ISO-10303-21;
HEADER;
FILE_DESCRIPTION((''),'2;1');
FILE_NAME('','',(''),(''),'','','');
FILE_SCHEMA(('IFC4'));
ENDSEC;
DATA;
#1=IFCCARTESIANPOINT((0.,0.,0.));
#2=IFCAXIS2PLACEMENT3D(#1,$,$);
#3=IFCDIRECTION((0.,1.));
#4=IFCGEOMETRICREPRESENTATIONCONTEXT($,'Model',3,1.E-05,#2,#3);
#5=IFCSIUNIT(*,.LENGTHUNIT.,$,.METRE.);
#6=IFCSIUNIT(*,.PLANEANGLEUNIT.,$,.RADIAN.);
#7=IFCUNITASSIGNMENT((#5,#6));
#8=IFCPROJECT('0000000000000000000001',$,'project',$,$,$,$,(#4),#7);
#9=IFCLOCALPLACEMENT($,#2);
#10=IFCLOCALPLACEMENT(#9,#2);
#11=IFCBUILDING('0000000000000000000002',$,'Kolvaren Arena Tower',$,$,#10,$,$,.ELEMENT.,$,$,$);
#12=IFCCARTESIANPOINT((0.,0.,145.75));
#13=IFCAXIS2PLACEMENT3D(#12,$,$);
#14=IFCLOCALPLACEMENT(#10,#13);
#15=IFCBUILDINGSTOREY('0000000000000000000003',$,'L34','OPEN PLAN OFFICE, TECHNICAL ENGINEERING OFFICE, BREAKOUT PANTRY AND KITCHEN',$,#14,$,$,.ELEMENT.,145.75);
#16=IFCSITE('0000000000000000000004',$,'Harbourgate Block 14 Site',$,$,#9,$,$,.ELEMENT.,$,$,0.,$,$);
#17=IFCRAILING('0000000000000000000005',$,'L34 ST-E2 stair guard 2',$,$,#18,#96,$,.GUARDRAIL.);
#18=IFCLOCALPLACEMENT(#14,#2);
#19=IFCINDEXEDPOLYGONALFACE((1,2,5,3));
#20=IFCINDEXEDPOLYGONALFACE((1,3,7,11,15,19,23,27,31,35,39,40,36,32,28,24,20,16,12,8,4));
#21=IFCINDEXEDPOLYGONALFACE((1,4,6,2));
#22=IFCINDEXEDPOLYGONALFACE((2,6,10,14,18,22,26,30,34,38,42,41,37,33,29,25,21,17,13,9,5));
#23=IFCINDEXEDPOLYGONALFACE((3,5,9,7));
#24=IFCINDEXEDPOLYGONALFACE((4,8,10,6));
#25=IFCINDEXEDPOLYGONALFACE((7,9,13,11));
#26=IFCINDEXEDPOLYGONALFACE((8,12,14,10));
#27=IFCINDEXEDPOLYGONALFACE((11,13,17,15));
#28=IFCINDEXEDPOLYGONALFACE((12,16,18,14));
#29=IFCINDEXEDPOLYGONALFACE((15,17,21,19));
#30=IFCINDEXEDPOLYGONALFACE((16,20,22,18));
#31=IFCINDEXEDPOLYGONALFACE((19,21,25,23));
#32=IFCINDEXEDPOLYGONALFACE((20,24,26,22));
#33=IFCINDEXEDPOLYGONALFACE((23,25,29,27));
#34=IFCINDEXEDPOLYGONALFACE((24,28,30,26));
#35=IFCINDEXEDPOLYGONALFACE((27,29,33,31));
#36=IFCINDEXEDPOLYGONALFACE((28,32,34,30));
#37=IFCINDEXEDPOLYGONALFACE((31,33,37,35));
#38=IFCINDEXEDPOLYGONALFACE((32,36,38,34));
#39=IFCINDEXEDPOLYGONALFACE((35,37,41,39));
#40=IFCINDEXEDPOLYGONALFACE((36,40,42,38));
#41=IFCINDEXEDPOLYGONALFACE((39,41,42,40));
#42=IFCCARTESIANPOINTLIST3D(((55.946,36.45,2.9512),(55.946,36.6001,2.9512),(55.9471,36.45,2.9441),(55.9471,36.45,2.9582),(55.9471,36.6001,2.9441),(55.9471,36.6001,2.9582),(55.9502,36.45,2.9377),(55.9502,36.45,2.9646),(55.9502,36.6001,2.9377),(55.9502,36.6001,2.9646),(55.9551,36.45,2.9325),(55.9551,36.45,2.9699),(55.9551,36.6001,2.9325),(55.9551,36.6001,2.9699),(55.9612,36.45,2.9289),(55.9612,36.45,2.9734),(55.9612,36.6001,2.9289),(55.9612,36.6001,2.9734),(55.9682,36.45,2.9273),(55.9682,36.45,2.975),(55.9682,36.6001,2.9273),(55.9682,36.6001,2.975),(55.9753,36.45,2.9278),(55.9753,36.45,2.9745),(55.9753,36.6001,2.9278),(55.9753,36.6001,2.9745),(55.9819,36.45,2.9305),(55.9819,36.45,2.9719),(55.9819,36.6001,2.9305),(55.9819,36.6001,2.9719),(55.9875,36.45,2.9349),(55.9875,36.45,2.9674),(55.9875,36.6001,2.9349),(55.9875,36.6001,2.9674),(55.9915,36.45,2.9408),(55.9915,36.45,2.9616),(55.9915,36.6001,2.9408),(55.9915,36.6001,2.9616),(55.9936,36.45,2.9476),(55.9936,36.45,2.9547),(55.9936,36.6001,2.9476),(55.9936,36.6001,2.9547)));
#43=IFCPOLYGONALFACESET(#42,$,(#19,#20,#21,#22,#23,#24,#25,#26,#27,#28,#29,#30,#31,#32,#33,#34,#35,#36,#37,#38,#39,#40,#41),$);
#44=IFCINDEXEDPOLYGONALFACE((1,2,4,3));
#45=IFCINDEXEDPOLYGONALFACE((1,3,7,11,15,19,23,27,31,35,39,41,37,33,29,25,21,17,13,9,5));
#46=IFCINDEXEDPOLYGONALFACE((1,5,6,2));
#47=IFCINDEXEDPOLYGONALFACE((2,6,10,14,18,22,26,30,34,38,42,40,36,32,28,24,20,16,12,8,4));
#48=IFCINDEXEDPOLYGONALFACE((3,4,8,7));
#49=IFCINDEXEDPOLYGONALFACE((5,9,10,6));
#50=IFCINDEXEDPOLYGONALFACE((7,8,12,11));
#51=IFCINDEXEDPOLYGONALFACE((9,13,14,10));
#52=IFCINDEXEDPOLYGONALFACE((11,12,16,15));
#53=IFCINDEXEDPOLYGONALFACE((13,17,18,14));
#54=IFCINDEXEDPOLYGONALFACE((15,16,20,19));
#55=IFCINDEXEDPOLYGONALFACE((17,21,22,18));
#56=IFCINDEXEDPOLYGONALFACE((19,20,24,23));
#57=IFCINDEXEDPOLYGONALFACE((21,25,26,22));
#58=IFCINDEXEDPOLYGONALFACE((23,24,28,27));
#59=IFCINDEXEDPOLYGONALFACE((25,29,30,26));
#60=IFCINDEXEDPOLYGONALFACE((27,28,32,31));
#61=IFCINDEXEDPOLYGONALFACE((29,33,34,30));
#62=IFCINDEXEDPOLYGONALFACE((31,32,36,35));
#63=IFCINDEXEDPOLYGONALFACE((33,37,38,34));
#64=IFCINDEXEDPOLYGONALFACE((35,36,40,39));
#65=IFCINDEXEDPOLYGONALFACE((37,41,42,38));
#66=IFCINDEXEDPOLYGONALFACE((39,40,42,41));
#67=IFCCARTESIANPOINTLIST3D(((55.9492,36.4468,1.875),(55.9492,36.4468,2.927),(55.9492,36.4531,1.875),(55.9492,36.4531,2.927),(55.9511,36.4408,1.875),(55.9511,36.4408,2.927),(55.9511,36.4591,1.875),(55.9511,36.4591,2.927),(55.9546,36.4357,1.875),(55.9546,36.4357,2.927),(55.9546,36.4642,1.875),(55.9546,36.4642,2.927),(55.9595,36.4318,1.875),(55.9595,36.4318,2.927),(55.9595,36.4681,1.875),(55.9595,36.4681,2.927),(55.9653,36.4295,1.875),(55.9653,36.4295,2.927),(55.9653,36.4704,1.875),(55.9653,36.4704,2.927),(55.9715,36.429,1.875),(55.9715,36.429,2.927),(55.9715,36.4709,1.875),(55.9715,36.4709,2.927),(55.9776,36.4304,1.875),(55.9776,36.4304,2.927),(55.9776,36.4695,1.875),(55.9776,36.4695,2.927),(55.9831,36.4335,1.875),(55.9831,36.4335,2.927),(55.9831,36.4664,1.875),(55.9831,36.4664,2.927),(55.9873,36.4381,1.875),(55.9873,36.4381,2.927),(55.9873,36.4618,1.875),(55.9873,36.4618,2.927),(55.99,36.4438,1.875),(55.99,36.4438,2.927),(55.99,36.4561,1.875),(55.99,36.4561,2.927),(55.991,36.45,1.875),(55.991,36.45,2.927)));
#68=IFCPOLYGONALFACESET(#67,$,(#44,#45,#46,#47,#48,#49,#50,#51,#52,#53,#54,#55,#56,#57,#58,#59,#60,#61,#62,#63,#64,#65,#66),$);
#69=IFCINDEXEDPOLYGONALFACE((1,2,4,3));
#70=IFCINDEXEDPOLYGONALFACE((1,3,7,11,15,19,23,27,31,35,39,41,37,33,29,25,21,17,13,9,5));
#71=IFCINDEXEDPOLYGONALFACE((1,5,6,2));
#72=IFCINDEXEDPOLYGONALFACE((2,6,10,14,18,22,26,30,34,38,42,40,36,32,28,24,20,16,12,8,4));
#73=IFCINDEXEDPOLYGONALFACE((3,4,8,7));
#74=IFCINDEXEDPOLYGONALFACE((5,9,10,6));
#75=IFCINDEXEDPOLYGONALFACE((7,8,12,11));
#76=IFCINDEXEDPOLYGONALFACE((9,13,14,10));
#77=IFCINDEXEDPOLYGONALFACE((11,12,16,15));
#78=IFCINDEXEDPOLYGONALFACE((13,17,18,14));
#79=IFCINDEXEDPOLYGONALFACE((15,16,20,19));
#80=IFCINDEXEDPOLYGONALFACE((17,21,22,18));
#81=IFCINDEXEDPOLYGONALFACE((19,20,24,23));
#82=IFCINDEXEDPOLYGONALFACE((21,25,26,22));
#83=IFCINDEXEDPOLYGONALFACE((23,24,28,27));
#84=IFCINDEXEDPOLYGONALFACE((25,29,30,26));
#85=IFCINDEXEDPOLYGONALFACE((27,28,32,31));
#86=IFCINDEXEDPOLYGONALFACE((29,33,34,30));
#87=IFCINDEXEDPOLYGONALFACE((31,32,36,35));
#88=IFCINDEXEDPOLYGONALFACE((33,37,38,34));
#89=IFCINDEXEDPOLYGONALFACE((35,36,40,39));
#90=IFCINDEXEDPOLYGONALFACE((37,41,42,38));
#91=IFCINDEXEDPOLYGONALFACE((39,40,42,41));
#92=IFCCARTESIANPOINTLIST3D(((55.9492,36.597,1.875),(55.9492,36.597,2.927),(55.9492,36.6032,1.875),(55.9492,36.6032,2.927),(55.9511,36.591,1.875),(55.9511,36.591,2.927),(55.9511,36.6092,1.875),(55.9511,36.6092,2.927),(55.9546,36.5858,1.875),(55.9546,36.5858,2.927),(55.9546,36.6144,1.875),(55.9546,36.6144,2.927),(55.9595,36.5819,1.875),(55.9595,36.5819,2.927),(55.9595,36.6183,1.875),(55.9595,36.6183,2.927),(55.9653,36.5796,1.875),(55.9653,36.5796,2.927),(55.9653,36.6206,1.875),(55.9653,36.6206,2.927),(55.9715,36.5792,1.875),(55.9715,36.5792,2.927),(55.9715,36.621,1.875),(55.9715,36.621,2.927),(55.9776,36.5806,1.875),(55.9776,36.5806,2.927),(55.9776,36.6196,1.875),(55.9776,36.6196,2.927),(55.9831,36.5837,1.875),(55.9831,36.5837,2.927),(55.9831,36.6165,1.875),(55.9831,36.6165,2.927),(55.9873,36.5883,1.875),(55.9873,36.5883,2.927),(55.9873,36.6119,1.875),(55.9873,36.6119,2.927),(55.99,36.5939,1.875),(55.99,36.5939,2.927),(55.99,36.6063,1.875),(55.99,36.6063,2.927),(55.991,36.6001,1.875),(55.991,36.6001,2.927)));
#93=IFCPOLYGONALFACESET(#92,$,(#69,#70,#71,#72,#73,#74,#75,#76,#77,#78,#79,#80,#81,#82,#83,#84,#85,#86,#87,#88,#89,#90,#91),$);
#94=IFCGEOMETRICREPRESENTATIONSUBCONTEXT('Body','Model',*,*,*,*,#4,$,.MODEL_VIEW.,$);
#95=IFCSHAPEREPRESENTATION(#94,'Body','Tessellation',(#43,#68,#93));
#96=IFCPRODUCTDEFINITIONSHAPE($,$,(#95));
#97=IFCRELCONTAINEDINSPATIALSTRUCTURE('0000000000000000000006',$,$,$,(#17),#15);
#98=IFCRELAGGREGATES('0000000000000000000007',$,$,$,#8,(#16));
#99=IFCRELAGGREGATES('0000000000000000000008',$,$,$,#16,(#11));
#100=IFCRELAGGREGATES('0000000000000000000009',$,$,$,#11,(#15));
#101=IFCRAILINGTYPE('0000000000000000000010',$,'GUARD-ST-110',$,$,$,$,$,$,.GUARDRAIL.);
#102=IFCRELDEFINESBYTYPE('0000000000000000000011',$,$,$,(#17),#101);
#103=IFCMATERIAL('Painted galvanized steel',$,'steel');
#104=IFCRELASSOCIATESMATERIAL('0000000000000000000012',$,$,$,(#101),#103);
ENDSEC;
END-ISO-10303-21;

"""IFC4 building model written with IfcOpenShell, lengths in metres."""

from ifc_helpers import new_model, si_unit, direction, frame, origin, origin_2d, place, context, subcontext, project, spatial, circle, extrude, material, type_object, element, save


model = new_model("IFC4")

# Units and contexts
model_context = context("Model", 3, precision=1e-05, world=origin(), true_north=direction((0.0, 1.0)))
body_context = subcontext(model_context, "Body", "Model", "MODEL_VIEW")
ifc_project = project(units=[si_unit("LENGTHUNIT", "METRE"), si_unit("PLANEANGLEUNIT", "RADIAN")], contexts=[model_context])

# Site, building, storey
site_placement = place(None, origin())
site = spatial("IfcSite", under=ifc_project, at=site_placement, Name="Harbourgate Block 14 Site", CompositionType="ELEMENT", RefElevation=0.0)
building_placement = place(site_placement, origin())
building = spatial("IfcBuilding", under=site, at=building_placement, Name="Kolvaren Arena Tower", CompositionType="ELEMENT")
storey_placement = place(building_placement, frame((0.0, 0.0, 145.75)))
storey = spatial("IfcBuildingStorey", under=building, at=storey_placement, Name="L34", Description="OPEN PLAN OFFICE, TECHNICAL ENGINEERING OFFICE, BREAKOUT PANTRY AND KITCHEN", CompositionType="ELEMENT", Elevation=145.75)

# Railing
ifc_material_1 = material(Name="Painted galvanized steel", Category="steel")
railing_type_1 = type_object("IfcRailingType", Name="GUARD-ST-110", PredefinedType="GUARDRAIL", material=ifc_material_1)
railing_1_placement = place(storey_placement, frame((55.97, 36.45, 1.875)))
element("IfcRailing", 1, at=railing_1_placement, inside=storey, type_object=railing_type_1, Name="L34 ST-E2 stair guard 2", PredefinedType="GUARDRAIL", context=body_context, shape_type="SweptSolid", body=[
    extrude(circle(Radius=0.0239, at=origin_2d()), frame((0.0, 0.0, 1.0762), z_axis=(0.0, 1.0, 0.0), x_axis=(-1.0, 0.0, 0.0)), (0.0, 0.0, 1.0), 0.1501),
    extrude(circle(Radius=0.021, at=origin_2d()), origin(), (0.0, 0.0, 1.0), 1.052),
    extrude(circle(Radius=0.021, at=origin_2d()), frame((0.0, 0.1501, 0.0)), (0.0, 0.0, 1.0), 1.052),
])

save(model, "model.ifc")
